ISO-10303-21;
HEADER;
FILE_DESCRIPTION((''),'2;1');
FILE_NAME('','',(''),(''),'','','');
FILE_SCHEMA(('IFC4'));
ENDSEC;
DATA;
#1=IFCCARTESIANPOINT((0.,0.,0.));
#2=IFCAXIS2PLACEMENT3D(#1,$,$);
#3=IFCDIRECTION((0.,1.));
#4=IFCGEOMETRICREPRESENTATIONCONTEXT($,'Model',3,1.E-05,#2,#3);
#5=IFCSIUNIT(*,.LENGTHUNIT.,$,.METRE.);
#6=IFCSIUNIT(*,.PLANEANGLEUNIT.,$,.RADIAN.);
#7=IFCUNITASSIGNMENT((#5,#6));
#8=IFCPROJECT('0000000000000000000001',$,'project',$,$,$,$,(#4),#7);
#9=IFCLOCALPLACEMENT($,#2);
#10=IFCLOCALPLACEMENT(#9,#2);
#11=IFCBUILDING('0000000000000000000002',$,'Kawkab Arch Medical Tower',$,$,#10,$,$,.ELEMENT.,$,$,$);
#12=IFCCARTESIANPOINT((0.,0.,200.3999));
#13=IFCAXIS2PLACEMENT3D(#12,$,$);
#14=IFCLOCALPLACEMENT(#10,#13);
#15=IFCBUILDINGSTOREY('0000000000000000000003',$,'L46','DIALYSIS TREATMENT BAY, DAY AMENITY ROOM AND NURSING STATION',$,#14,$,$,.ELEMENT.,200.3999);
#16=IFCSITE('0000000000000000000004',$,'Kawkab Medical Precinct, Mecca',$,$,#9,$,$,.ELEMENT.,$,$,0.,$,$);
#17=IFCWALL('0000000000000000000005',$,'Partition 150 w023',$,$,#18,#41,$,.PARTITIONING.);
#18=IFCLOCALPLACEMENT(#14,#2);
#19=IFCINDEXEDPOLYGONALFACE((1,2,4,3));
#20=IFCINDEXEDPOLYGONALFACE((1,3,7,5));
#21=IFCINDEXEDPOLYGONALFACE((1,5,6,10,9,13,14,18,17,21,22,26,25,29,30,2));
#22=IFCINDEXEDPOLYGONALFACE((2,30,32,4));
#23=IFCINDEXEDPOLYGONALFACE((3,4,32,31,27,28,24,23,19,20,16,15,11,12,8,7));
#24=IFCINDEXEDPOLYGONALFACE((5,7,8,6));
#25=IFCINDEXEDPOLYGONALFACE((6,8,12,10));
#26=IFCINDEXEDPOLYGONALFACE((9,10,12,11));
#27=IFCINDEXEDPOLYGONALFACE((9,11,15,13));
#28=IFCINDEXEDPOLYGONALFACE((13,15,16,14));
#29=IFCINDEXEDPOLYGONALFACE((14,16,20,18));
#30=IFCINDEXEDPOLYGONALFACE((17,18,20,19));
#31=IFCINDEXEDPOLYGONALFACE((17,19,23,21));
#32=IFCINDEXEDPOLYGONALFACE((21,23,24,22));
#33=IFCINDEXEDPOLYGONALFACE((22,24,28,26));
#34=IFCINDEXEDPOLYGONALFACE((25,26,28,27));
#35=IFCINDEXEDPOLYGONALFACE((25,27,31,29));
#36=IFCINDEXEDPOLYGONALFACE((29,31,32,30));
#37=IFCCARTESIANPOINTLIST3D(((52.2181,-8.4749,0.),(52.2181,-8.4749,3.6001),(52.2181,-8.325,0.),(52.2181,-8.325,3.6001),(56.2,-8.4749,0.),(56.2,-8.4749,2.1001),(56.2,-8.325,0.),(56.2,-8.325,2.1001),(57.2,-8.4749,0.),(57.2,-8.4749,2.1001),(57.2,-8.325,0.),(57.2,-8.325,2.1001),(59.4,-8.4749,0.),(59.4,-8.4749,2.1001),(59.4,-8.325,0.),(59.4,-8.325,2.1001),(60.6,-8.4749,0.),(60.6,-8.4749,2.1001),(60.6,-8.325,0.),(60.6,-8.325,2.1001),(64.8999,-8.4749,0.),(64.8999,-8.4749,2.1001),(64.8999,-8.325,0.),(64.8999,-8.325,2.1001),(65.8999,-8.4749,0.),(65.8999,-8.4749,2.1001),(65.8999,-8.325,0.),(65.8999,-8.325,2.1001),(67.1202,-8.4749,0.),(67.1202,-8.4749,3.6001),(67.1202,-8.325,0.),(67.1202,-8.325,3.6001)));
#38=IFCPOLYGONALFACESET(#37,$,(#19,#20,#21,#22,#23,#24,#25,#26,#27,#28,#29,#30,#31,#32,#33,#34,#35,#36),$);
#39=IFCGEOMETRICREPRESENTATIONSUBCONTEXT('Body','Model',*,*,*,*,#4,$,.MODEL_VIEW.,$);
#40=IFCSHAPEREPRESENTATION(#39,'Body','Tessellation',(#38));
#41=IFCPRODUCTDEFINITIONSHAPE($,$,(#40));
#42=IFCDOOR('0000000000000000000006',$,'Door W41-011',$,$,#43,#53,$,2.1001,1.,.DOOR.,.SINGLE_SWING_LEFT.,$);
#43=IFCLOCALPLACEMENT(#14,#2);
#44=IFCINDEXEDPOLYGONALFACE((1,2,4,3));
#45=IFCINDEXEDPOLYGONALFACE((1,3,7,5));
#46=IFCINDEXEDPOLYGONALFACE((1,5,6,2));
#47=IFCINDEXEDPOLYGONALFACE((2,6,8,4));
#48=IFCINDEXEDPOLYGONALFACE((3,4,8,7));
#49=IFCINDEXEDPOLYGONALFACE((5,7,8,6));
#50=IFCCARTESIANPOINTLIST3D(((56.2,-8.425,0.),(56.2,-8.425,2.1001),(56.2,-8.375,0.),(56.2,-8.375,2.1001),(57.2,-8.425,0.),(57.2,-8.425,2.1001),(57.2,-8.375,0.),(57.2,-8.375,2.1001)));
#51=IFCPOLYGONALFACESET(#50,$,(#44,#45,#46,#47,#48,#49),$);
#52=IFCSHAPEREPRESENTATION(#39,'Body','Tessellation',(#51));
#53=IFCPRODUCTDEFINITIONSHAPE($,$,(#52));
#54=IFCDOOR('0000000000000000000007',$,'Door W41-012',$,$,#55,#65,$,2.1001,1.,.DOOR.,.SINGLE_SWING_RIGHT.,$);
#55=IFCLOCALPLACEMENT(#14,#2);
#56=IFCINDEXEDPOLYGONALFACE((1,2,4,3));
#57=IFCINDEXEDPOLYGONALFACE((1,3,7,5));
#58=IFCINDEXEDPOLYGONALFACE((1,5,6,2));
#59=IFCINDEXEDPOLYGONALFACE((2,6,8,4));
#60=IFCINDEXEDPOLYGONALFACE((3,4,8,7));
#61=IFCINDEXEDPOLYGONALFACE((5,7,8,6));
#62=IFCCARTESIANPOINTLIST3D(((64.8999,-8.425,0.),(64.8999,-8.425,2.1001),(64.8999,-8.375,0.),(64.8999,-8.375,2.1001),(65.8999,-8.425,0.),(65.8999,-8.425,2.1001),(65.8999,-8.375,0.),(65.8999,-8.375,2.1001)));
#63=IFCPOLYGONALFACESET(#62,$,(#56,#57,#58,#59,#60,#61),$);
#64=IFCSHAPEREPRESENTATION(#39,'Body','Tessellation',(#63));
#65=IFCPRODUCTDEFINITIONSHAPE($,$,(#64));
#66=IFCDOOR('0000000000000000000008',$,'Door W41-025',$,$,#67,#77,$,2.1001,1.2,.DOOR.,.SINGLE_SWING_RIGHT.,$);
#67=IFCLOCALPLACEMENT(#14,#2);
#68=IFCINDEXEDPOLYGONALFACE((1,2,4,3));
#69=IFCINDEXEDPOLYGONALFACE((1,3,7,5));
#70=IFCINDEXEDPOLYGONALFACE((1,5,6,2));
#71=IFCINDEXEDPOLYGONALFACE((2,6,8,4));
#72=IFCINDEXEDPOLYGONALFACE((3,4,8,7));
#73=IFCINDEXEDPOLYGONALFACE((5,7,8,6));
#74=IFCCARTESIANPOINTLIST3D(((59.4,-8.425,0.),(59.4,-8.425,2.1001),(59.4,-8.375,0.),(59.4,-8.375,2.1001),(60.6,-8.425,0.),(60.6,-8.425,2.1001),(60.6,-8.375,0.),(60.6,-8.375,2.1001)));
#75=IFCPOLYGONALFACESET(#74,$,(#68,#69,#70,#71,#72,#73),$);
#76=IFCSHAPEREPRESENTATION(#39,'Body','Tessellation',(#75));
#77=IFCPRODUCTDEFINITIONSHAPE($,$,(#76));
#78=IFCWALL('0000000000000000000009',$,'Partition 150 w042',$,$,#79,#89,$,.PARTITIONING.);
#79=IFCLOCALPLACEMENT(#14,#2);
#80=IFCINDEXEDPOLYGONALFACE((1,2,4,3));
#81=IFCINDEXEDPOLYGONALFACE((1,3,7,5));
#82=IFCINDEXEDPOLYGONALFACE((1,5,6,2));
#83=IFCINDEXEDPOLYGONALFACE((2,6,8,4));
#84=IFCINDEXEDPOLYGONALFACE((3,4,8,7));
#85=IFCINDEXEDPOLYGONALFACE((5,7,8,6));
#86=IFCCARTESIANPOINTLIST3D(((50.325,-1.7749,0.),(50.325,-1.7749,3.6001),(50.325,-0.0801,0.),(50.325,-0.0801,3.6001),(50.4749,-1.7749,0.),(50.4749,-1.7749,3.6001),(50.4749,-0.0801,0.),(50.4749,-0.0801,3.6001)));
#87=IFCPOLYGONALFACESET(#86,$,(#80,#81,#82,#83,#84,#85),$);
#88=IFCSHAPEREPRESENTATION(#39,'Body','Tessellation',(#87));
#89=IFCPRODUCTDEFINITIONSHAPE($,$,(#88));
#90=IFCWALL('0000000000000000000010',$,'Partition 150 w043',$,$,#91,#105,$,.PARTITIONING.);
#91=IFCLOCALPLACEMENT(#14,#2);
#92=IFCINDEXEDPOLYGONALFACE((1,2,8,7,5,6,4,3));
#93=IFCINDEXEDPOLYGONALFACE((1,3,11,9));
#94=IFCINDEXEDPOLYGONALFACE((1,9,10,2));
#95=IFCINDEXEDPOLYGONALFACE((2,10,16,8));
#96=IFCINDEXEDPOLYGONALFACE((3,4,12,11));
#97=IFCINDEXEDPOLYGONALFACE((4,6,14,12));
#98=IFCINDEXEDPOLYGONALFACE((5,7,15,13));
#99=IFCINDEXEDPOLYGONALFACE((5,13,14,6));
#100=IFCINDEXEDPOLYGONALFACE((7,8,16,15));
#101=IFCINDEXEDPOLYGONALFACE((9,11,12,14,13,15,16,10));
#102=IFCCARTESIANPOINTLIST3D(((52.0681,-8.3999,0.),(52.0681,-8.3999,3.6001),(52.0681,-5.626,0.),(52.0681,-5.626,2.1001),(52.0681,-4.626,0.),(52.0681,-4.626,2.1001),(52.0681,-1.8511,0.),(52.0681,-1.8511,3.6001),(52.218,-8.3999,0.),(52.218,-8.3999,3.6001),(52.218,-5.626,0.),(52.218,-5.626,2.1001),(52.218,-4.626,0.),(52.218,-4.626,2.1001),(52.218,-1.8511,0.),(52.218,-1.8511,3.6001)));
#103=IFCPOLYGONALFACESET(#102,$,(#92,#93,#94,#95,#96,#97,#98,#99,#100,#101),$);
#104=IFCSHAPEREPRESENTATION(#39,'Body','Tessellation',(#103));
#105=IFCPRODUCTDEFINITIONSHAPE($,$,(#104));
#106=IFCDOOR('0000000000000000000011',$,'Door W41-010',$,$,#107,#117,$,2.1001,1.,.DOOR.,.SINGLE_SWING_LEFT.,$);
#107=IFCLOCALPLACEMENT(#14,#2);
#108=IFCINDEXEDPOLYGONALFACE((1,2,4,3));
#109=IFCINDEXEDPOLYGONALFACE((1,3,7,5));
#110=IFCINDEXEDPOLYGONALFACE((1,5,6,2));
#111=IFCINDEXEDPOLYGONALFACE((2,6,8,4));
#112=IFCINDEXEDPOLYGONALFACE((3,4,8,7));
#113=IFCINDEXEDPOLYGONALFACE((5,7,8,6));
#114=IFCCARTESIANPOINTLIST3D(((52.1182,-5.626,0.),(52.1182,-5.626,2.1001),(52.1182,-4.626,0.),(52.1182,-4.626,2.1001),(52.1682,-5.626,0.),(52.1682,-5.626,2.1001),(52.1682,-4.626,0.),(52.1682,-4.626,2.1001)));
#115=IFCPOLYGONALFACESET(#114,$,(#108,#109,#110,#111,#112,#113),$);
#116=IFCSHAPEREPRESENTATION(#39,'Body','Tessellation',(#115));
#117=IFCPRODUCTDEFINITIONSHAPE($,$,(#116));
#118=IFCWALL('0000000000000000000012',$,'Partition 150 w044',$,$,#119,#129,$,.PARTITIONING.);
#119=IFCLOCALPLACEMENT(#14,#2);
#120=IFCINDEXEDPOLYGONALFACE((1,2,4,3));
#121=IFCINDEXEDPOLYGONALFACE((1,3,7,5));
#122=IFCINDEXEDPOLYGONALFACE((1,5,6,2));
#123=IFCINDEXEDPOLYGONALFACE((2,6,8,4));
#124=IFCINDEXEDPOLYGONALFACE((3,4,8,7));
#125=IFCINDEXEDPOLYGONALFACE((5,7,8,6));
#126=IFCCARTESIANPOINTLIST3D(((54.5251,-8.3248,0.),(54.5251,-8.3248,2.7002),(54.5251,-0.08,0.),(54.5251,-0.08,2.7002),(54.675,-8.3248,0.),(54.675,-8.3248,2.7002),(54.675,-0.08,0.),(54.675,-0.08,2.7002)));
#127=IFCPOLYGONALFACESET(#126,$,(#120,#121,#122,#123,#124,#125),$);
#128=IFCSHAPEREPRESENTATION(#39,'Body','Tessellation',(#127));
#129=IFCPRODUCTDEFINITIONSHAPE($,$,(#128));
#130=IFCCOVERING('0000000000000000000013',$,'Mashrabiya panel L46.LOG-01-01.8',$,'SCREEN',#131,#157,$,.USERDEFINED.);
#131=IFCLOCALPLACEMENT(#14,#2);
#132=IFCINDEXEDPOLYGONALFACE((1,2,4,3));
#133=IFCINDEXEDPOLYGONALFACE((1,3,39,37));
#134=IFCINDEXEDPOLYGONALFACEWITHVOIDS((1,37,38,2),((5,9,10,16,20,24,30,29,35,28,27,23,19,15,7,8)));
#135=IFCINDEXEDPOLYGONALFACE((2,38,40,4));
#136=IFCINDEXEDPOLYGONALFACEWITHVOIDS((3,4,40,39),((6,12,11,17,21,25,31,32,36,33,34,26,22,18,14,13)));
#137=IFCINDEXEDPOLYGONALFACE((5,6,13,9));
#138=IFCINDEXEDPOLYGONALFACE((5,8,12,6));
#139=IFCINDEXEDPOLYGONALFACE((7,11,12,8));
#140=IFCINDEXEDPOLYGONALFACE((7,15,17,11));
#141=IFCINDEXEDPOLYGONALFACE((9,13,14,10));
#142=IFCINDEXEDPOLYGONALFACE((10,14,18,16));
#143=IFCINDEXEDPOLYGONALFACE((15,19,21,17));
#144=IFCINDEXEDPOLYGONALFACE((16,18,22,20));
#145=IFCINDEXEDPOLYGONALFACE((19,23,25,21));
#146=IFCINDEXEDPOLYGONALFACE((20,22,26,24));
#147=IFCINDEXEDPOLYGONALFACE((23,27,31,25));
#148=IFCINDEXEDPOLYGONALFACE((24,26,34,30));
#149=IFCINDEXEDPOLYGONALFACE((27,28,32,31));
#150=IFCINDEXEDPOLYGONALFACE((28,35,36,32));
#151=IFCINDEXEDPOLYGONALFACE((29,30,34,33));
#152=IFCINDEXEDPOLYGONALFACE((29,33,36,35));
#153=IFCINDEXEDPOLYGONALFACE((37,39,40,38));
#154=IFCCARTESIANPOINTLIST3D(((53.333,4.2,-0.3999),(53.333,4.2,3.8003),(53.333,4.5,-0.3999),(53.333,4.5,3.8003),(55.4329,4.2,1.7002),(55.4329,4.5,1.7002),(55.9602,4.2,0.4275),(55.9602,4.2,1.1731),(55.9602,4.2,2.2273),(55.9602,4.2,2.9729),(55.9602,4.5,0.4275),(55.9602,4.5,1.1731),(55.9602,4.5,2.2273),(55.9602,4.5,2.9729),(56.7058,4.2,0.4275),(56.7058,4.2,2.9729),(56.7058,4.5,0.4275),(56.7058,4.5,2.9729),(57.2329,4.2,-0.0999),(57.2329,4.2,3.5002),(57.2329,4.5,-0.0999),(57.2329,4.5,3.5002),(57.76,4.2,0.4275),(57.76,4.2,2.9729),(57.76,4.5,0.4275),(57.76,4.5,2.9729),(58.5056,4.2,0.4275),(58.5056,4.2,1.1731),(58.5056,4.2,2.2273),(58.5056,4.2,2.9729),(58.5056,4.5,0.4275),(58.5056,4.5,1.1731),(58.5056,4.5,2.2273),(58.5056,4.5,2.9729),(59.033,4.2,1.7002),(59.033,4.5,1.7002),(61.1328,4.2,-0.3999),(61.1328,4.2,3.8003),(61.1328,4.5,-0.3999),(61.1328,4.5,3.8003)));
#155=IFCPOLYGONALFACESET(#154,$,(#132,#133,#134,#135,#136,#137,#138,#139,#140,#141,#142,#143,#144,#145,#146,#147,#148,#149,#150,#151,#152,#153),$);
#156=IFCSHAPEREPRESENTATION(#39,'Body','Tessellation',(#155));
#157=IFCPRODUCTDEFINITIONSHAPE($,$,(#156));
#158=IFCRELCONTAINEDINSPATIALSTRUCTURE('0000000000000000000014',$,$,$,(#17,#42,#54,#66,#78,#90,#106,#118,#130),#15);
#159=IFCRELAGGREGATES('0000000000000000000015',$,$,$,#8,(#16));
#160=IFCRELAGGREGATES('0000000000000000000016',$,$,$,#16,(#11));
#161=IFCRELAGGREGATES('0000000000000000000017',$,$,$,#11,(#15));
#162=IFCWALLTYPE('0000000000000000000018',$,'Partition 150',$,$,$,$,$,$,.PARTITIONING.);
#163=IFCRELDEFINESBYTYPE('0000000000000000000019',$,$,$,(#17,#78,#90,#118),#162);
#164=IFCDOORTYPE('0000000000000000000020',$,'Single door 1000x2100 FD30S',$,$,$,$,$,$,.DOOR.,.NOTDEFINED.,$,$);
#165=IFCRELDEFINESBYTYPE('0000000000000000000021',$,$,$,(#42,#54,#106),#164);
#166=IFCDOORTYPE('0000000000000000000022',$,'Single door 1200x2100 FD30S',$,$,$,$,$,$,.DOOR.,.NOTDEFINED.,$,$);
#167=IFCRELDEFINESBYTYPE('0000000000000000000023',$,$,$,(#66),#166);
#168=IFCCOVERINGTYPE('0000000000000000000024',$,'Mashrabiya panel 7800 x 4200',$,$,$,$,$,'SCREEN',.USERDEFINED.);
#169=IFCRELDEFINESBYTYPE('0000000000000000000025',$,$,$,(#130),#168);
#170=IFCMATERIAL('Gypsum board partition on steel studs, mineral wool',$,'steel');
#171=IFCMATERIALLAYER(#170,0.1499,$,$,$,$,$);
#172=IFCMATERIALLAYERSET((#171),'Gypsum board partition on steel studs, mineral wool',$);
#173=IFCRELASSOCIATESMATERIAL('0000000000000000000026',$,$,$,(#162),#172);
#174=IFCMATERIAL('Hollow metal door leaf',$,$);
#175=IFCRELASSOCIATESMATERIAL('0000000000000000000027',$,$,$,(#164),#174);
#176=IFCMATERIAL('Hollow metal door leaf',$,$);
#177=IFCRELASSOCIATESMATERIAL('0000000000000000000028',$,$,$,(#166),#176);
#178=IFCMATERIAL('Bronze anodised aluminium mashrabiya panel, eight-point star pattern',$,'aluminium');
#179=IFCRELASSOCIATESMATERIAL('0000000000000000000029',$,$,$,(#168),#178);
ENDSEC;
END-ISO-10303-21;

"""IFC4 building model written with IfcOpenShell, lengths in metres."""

from ifc_helpers import new_model, si_unit, direction, frame, frame_2d, origin, place, context, subcontext, project, spatial, polyline, rectangle, outline, extrude, material, layer, layer_set, material_profile, profile_set, type_object, element, fill, save


model = new_model("IFC4")

# Units and contexts
model_context = context("Model", 3, precision=1e-05, world=origin(), true_north=direction((0.0, 1.0)))
body_context = subcontext(model_context, "Body", "Model", "MODEL_VIEW")
ifc_project = project(units=[si_unit("LENGTHUNIT", "METRE"), si_unit("PLANEANGLEUNIT", "RADIAN")], contexts=[model_context])

# Site, building, storey
site_placement = place(None, origin())
site = spatial("IfcSite", under=ifc_project, at=site_placement, Name="Kawkab Medical Precinct, Mecca", CompositionType="ELEMENT", RefElevation=0.0)
building_placement = place(site_placement, origin())
building = spatial("IfcBuilding", under=site, at=building_placement, Name="Kawkab Arch Medical Tower", CompositionType="ELEMENT")
storey_placement = place(building_placement, frame((0.0, 0.0, 200.3999)))
storey = spatial("IfcBuildingStorey", under=building, at=storey_placement, Name="L46", Description="DIALYSIS TREATMENT BAY, DAY AMENITY ROOM AND NURSING STATION", CompositionType="ELEMENT", Elevation=200.3999)

# Wall, openings, doors
ifc_material_1 = material(Name="Gypsum board partition on steel studs, mineral wool", Category="steel")
ifc_layer_1 = layer(ifc_material_1, 0.1499)
ifc_layer_set_1 = layer_set([ifc_layer_1], Name="Gypsum board partition on steel studs, mineral wool")
wall_type_1 = type_object("IfcWallType", Name="Partition 150", PredefinedType="PARTITIONING", material=ifc_layer_set_1)
wall_1_placement = place(storey_placement, frame((52.218, -8.3999, 0.0), z_axis=(0.0, 0.0, 1.0), x_axis=(1.0, 0.0, 0.0)))
wall_1 = element("IfcWall", 1, at=wall_1_placement, inside=storey, type_object=wall_type_1, Name="Partition 150 w023", PredefinedType="PARTITIONING", context=body_context, shape_type="SweptSolid", body=[
    extrude(rectangle(XDim=14.9021, YDim=0.1499, at=frame_2d((7.4512, 0.0))), origin(), (0.0, 0.0, 1.0), 3.6001),
])
opening_1_placement = place(wall_1_placement, frame((3.9819, 0.0, 0.0)))
opening_1 = element("IfcOpeningElement", 2, at=opening_1_placement, cuts=wall_1, PredefinedType="OPENING", context=body_context, shape_type="SweptSolid", body=[
    extrude(rectangle(XDim=1.0, YDim=2.1001, at=frame_2d((0.5, 1.05))), frame((0.0, 0.085, 0.0), z_axis=(0.0, -1.0, 0.0), x_axis=(1.0, 0.0, 0.0)), (0.0, 0.0, 1.0), 0.1699),
])
opening_2_placement = place(wall_1_placement, frame((7.1819, 0.0, 0.0)))
opening_2 = element("IfcOpeningElement", 3, at=opening_2_placement, cuts=wall_1, PredefinedType="OPENING", context=body_context, shape_type="SweptSolid", body=[
    extrude(rectangle(XDim=1.2, YDim=2.1001, at=frame_2d((0.6001, 1.05))), frame((0.0, 0.085, 0.0), z_axis=(0.0, -1.0, 0.0), x_axis=(1.0, 0.0, 0.0)), (0.0, 0.0, 1.0), 0.1699),
])
opening_3_placement = place(wall_1_placement, frame((12.6819, 0.0, 0.0)))
opening_3 = element("IfcOpeningElement", 4, at=opening_3_placement, cuts=wall_1, PredefinedType="OPENING", context=body_context, shape_type="SweptSolid", body=[
    extrude(rectangle(XDim=1.0, YDim=2.1001, at=frame_2d((0.5, 1.05))), frame((0.0, 0.085, 0.0), z_axis=(0.0, -1.0, 0.0), x_axis=(1.0, 0.0, 0.0)), (0.0, 0.0, 1.0), 0.1699),
])
ifc_material_2 = material(Name="Hollow metal door leaf")
door_type_1 = type_object("IfcDoorType", Name="Single door 1000x2100 FD30S", OperationType="NOTDEFINED", PredefinedType="DOOR", material=ifc_material_2)
door_1_placement = place(opening_1_placement, origin())
door_1 = element("IfcDoor", 5, at=door_1_placement, inside=storey, type_object=door_type_1, Name="Door W41-011", OperationType="SINGLE_SWING_LEFT", OverallHeight=2.1001, OverallWidth=1.0, PredefinedType="DOOR", context=body_context, shape_type="SweptSolid", body=[
    extrude(rectangle(XDim=1.0, YDim=2.1001, at=frame_2d((0.5, 1.05))), frame((0.0, 0.0249, 0.0), z_axis=(0.0, -1.0, 0.0), x_axis=(1.0, 0.0, 0.0)), (0.0, 0.0, 1.0), 0.05),
])
fill(opening_1, door_1)
door_2_placement = place(opening_3_placement, origin())
door_2 = element("IfcDoor", 6, at=door_2_placement, inside=storey, type_object=door_type_1, Name="Door W41-012", OperationType="SINGLE_SWING_RIGHT", OverallHeight=2.1001, OverallWidth=1.0, PredefinedType="DOOR", context=body_context, shape_type="SweptSolid", body=[
    extrude(rectangle(XDim=1.0, YDim=2.1001, at=frame_2d((0.5, 1.05))), frame((0.0, 0.0249, 0.0), z_axis=(0.0, -1.0, 0.0), x_axis=(1.0, 0.0, 0.0)), (0.0, 0.0, 1.0), 0.05),
])
fill(opening_3, door_2)
ifc_material_3 = material(Name="Hollow metal door leaf")
door_type_2 = type_object("IfcDoorType", Name="Single door 1200x2100 FD30S", OperationType="NOTDEFINED", PredefinedType="DOOR", material=ifc_material_3)
door_3_placement = place(opening_2_placement, origin())
door_3 = element("IfcDoor", 7, at=door_3_placement, inside=storey, type_object=door_type_2, Name="Door W41-025", OperationType="SINGLE_SWING_RIGHT", OverallHeight=2.1001, OverallWidth=1.2, PredefinedType="DOOR", context=body_context, shape_type="SweptSolid", body=[
    extrude(rectangle(XDim=1.2, YDim=2.1001, at=frame_2d((0.6001, 1.05))), frame((0.0, 0.0249, 0.0), z_axis=(0.0, -1.0, 0.0), x_axis=(1.0, 0.0, 0.0)), (0.0, 0.0, 1.0), 0.05),
])
fill(opening_2, door_3)

# Wall
wall_2_placement = place(storey_placement, frame((50.3999, -1.7749, 0.0), z_axis=(0.0, 0.0, 1.0), x_axis=(0.0, 1.0, 0.0)))
element("IfcWall", 8, at=wall_2_placement, inside=storey, type_object=wall_type_1, Name="Partition 150 w042", PredefinedType="PARTITIONING", context=body_context, shape_type="SweptSolid", body=[
    extrude(rectangle(XDim=1.6948, YDim=0.1499, at=frame_2d((0.8474, 0.0))), origin(), (0.0, 0.0, 1.0), 3.6001),
])

# Wall, opening, door
wall_3_placement = place(storey_placement, frame((52.1431, -8.3999, 0.0), z_axis=(0.0, 0.0, 1.0), x_axis=(0.0, 1.0, 0.0)))
wall_3 = element("IfcWall", 9, at=wall_3_placement, inside=storey, type_object=wall_type_1, Name="Partition 150 w043", PredefinedType="PARTITIONING", context=body_context, shape_type="SweptSolid", body=[
    extrude(rectangle(XDim=6.5488, YDim=0.1499, at=frame_2d((3.2744, 0.0))), origin(), (0.0, 0.0, 1.0), 3.6001),
])
opening_4_placement = place(wall_3_placement, frame((2.7739, 0.0, 0.0)))
opening_4 = element("IfcOpeningElement", 10, at=opening_4_placement, cuts=wall_3, PredefinedType="OPENING", context=body_context, shape_type="SweptSolid", body=[
    extrude(rectangle(XDim=1.0, YDim=2.1001, at=frame_2d((0.5, 1.05))), frame((0.0, 0.085, 0.0), z_axis=(0.0, -1.0, 0.0), x_axis=(1.0, 0.0, 0.0)), (0.0, 0.0, 1.0), 0.1699),
])
door_4_placement = place(opening_4_placement, origin())
door_4 = element("IfcDoor", 11, at=door_4_placement, inside=storey, type_object=door_type_1, Name="Door W41-010", OperationType="SINGLE_SWING_LEFT", OverallHeight=2.1001, OverallWidth=1.0, PredefinedType="DOOR", context=body_context, shape_type="SweptSolid", body=[
    extrude(rectangle(XDim=1.0, YDim=2.1001, at=frame_2d((0.5, 1.05))), frame((0.0, 0.0249, 0.0), z_axis=(0.0, -1.0, 0.0), x_axis=(1.0, 0.0, 0.0)), (0.0, 0.0, 1.0), 0.05),
])
fill(opening_4, door_4)

# Wall
wall_4_placement = place(storey_placement, frame((54.6001, -8.325, 0.0), z_axis=(0.0, 0.0, 1.0), x_axis=(0.0, 1.0, 0.0)))
element("IfcWall", 12, at=wall_4_placement, inside=storey, type_object=wall_type_1, Name="Partition 150 w044", PredefinedType="PARTITIONING", context=body_context, shape_type="SweptSolid", body=[
    extrude(rectangle(XDim=8.2449, YDim=0.1499, at=frame_2d((4.1226, 0.0))), origin(), (0.0, 0.0, 1.0), 2.7002),
])

# Covering
ifc_material_4 = material(Name="Bronze anodised aluminium mashrabiya panel, eight-point star pattern", Category="aluminium")
ifc_material_profile_1 = material_profile(ifc_material_4, outline(polyline([(-3.8999, -2.1001), (3.8999, -2.1001), (3.8999, 2.1001), (-3.8999, 2.1001), (-3.8999, -2.1001)]), holes=[polyline([(1.8, 0.0), (1.2727, 0.5271), (1.2727, 1.2727), (0.5271, 1.2727), (0.0, 1.8), (-0.5271, 1.2727), (-1.2727, 1.2727), (-1.2727, 0.5271), (-1.8, 0.0), (-1.2727, -0.5271), (-1.2727, -1.2727), (-0.5271, -1.2727), (0.0, -1.8), (0.5271, -1.2727), (1.2727, -1.2727), (1.2727, -0.5271), (1.8, 0.0)])]), Name="Mashrabiya panel 7800x4200")
ifc_profile_set_1 = profile_set([ifc_material_profile_1], Name="Bronze anodised aluminium mashrabiya panel, eight-point star pattern")
covering_type_1 = type_object("IfcCoveringType", Name="Mashrabiya panel 7800 x 4200", ElementType="SCREEN", PredefinedType="USERDEFINED", material=ifc_profile_set_1)
covering_1_placement = place(storey_placement, frame((57.2329, 4.2, 1.7002), z_axis=(0.0, 1.0, 0.0), x_axis=(-1.0, 0.0, 0.0)))
element("IfcCovering", 13, at=covering_1_placement, inside=storey, type_object=covering_type_1, Name="Mashrabiya panel L46.LOG-01-01.8", ObjectType="SCREEN", PredefinedType="USERDEFINED", context=body_context, shape_type="SweptSolid", body=[
    extrude(outline(polyline([(-3.8999, -2.1001), (3.8999, -2.1001), (3.8999, 2.1001), (-3.8999, 2.1001), (-3.8999, -2.1001)]), holes=[polyline([(1.8, 0.0), (1.2727, 0.5271), (1.2727, 1.2727), (0.5271, 1.2727), (0.0, 1.8), (-0.5271, 1.2727), (-1.2727, 1.2727), (-1.2727, 0.5271), (-1.8, 0.0), (-1.2727, -0.5271), (-1.2727, -1.2727), (-0.5271, -1.2727), (0.0, -1.8), (0.5271, -1.2727), (1.2727, -1.2727), (1.2727, -0.5271), (1.8, 0.0)])]), origin(), (0.0, 0.0, 1.0), 0.3),
])

save(model, "model.ifc")
